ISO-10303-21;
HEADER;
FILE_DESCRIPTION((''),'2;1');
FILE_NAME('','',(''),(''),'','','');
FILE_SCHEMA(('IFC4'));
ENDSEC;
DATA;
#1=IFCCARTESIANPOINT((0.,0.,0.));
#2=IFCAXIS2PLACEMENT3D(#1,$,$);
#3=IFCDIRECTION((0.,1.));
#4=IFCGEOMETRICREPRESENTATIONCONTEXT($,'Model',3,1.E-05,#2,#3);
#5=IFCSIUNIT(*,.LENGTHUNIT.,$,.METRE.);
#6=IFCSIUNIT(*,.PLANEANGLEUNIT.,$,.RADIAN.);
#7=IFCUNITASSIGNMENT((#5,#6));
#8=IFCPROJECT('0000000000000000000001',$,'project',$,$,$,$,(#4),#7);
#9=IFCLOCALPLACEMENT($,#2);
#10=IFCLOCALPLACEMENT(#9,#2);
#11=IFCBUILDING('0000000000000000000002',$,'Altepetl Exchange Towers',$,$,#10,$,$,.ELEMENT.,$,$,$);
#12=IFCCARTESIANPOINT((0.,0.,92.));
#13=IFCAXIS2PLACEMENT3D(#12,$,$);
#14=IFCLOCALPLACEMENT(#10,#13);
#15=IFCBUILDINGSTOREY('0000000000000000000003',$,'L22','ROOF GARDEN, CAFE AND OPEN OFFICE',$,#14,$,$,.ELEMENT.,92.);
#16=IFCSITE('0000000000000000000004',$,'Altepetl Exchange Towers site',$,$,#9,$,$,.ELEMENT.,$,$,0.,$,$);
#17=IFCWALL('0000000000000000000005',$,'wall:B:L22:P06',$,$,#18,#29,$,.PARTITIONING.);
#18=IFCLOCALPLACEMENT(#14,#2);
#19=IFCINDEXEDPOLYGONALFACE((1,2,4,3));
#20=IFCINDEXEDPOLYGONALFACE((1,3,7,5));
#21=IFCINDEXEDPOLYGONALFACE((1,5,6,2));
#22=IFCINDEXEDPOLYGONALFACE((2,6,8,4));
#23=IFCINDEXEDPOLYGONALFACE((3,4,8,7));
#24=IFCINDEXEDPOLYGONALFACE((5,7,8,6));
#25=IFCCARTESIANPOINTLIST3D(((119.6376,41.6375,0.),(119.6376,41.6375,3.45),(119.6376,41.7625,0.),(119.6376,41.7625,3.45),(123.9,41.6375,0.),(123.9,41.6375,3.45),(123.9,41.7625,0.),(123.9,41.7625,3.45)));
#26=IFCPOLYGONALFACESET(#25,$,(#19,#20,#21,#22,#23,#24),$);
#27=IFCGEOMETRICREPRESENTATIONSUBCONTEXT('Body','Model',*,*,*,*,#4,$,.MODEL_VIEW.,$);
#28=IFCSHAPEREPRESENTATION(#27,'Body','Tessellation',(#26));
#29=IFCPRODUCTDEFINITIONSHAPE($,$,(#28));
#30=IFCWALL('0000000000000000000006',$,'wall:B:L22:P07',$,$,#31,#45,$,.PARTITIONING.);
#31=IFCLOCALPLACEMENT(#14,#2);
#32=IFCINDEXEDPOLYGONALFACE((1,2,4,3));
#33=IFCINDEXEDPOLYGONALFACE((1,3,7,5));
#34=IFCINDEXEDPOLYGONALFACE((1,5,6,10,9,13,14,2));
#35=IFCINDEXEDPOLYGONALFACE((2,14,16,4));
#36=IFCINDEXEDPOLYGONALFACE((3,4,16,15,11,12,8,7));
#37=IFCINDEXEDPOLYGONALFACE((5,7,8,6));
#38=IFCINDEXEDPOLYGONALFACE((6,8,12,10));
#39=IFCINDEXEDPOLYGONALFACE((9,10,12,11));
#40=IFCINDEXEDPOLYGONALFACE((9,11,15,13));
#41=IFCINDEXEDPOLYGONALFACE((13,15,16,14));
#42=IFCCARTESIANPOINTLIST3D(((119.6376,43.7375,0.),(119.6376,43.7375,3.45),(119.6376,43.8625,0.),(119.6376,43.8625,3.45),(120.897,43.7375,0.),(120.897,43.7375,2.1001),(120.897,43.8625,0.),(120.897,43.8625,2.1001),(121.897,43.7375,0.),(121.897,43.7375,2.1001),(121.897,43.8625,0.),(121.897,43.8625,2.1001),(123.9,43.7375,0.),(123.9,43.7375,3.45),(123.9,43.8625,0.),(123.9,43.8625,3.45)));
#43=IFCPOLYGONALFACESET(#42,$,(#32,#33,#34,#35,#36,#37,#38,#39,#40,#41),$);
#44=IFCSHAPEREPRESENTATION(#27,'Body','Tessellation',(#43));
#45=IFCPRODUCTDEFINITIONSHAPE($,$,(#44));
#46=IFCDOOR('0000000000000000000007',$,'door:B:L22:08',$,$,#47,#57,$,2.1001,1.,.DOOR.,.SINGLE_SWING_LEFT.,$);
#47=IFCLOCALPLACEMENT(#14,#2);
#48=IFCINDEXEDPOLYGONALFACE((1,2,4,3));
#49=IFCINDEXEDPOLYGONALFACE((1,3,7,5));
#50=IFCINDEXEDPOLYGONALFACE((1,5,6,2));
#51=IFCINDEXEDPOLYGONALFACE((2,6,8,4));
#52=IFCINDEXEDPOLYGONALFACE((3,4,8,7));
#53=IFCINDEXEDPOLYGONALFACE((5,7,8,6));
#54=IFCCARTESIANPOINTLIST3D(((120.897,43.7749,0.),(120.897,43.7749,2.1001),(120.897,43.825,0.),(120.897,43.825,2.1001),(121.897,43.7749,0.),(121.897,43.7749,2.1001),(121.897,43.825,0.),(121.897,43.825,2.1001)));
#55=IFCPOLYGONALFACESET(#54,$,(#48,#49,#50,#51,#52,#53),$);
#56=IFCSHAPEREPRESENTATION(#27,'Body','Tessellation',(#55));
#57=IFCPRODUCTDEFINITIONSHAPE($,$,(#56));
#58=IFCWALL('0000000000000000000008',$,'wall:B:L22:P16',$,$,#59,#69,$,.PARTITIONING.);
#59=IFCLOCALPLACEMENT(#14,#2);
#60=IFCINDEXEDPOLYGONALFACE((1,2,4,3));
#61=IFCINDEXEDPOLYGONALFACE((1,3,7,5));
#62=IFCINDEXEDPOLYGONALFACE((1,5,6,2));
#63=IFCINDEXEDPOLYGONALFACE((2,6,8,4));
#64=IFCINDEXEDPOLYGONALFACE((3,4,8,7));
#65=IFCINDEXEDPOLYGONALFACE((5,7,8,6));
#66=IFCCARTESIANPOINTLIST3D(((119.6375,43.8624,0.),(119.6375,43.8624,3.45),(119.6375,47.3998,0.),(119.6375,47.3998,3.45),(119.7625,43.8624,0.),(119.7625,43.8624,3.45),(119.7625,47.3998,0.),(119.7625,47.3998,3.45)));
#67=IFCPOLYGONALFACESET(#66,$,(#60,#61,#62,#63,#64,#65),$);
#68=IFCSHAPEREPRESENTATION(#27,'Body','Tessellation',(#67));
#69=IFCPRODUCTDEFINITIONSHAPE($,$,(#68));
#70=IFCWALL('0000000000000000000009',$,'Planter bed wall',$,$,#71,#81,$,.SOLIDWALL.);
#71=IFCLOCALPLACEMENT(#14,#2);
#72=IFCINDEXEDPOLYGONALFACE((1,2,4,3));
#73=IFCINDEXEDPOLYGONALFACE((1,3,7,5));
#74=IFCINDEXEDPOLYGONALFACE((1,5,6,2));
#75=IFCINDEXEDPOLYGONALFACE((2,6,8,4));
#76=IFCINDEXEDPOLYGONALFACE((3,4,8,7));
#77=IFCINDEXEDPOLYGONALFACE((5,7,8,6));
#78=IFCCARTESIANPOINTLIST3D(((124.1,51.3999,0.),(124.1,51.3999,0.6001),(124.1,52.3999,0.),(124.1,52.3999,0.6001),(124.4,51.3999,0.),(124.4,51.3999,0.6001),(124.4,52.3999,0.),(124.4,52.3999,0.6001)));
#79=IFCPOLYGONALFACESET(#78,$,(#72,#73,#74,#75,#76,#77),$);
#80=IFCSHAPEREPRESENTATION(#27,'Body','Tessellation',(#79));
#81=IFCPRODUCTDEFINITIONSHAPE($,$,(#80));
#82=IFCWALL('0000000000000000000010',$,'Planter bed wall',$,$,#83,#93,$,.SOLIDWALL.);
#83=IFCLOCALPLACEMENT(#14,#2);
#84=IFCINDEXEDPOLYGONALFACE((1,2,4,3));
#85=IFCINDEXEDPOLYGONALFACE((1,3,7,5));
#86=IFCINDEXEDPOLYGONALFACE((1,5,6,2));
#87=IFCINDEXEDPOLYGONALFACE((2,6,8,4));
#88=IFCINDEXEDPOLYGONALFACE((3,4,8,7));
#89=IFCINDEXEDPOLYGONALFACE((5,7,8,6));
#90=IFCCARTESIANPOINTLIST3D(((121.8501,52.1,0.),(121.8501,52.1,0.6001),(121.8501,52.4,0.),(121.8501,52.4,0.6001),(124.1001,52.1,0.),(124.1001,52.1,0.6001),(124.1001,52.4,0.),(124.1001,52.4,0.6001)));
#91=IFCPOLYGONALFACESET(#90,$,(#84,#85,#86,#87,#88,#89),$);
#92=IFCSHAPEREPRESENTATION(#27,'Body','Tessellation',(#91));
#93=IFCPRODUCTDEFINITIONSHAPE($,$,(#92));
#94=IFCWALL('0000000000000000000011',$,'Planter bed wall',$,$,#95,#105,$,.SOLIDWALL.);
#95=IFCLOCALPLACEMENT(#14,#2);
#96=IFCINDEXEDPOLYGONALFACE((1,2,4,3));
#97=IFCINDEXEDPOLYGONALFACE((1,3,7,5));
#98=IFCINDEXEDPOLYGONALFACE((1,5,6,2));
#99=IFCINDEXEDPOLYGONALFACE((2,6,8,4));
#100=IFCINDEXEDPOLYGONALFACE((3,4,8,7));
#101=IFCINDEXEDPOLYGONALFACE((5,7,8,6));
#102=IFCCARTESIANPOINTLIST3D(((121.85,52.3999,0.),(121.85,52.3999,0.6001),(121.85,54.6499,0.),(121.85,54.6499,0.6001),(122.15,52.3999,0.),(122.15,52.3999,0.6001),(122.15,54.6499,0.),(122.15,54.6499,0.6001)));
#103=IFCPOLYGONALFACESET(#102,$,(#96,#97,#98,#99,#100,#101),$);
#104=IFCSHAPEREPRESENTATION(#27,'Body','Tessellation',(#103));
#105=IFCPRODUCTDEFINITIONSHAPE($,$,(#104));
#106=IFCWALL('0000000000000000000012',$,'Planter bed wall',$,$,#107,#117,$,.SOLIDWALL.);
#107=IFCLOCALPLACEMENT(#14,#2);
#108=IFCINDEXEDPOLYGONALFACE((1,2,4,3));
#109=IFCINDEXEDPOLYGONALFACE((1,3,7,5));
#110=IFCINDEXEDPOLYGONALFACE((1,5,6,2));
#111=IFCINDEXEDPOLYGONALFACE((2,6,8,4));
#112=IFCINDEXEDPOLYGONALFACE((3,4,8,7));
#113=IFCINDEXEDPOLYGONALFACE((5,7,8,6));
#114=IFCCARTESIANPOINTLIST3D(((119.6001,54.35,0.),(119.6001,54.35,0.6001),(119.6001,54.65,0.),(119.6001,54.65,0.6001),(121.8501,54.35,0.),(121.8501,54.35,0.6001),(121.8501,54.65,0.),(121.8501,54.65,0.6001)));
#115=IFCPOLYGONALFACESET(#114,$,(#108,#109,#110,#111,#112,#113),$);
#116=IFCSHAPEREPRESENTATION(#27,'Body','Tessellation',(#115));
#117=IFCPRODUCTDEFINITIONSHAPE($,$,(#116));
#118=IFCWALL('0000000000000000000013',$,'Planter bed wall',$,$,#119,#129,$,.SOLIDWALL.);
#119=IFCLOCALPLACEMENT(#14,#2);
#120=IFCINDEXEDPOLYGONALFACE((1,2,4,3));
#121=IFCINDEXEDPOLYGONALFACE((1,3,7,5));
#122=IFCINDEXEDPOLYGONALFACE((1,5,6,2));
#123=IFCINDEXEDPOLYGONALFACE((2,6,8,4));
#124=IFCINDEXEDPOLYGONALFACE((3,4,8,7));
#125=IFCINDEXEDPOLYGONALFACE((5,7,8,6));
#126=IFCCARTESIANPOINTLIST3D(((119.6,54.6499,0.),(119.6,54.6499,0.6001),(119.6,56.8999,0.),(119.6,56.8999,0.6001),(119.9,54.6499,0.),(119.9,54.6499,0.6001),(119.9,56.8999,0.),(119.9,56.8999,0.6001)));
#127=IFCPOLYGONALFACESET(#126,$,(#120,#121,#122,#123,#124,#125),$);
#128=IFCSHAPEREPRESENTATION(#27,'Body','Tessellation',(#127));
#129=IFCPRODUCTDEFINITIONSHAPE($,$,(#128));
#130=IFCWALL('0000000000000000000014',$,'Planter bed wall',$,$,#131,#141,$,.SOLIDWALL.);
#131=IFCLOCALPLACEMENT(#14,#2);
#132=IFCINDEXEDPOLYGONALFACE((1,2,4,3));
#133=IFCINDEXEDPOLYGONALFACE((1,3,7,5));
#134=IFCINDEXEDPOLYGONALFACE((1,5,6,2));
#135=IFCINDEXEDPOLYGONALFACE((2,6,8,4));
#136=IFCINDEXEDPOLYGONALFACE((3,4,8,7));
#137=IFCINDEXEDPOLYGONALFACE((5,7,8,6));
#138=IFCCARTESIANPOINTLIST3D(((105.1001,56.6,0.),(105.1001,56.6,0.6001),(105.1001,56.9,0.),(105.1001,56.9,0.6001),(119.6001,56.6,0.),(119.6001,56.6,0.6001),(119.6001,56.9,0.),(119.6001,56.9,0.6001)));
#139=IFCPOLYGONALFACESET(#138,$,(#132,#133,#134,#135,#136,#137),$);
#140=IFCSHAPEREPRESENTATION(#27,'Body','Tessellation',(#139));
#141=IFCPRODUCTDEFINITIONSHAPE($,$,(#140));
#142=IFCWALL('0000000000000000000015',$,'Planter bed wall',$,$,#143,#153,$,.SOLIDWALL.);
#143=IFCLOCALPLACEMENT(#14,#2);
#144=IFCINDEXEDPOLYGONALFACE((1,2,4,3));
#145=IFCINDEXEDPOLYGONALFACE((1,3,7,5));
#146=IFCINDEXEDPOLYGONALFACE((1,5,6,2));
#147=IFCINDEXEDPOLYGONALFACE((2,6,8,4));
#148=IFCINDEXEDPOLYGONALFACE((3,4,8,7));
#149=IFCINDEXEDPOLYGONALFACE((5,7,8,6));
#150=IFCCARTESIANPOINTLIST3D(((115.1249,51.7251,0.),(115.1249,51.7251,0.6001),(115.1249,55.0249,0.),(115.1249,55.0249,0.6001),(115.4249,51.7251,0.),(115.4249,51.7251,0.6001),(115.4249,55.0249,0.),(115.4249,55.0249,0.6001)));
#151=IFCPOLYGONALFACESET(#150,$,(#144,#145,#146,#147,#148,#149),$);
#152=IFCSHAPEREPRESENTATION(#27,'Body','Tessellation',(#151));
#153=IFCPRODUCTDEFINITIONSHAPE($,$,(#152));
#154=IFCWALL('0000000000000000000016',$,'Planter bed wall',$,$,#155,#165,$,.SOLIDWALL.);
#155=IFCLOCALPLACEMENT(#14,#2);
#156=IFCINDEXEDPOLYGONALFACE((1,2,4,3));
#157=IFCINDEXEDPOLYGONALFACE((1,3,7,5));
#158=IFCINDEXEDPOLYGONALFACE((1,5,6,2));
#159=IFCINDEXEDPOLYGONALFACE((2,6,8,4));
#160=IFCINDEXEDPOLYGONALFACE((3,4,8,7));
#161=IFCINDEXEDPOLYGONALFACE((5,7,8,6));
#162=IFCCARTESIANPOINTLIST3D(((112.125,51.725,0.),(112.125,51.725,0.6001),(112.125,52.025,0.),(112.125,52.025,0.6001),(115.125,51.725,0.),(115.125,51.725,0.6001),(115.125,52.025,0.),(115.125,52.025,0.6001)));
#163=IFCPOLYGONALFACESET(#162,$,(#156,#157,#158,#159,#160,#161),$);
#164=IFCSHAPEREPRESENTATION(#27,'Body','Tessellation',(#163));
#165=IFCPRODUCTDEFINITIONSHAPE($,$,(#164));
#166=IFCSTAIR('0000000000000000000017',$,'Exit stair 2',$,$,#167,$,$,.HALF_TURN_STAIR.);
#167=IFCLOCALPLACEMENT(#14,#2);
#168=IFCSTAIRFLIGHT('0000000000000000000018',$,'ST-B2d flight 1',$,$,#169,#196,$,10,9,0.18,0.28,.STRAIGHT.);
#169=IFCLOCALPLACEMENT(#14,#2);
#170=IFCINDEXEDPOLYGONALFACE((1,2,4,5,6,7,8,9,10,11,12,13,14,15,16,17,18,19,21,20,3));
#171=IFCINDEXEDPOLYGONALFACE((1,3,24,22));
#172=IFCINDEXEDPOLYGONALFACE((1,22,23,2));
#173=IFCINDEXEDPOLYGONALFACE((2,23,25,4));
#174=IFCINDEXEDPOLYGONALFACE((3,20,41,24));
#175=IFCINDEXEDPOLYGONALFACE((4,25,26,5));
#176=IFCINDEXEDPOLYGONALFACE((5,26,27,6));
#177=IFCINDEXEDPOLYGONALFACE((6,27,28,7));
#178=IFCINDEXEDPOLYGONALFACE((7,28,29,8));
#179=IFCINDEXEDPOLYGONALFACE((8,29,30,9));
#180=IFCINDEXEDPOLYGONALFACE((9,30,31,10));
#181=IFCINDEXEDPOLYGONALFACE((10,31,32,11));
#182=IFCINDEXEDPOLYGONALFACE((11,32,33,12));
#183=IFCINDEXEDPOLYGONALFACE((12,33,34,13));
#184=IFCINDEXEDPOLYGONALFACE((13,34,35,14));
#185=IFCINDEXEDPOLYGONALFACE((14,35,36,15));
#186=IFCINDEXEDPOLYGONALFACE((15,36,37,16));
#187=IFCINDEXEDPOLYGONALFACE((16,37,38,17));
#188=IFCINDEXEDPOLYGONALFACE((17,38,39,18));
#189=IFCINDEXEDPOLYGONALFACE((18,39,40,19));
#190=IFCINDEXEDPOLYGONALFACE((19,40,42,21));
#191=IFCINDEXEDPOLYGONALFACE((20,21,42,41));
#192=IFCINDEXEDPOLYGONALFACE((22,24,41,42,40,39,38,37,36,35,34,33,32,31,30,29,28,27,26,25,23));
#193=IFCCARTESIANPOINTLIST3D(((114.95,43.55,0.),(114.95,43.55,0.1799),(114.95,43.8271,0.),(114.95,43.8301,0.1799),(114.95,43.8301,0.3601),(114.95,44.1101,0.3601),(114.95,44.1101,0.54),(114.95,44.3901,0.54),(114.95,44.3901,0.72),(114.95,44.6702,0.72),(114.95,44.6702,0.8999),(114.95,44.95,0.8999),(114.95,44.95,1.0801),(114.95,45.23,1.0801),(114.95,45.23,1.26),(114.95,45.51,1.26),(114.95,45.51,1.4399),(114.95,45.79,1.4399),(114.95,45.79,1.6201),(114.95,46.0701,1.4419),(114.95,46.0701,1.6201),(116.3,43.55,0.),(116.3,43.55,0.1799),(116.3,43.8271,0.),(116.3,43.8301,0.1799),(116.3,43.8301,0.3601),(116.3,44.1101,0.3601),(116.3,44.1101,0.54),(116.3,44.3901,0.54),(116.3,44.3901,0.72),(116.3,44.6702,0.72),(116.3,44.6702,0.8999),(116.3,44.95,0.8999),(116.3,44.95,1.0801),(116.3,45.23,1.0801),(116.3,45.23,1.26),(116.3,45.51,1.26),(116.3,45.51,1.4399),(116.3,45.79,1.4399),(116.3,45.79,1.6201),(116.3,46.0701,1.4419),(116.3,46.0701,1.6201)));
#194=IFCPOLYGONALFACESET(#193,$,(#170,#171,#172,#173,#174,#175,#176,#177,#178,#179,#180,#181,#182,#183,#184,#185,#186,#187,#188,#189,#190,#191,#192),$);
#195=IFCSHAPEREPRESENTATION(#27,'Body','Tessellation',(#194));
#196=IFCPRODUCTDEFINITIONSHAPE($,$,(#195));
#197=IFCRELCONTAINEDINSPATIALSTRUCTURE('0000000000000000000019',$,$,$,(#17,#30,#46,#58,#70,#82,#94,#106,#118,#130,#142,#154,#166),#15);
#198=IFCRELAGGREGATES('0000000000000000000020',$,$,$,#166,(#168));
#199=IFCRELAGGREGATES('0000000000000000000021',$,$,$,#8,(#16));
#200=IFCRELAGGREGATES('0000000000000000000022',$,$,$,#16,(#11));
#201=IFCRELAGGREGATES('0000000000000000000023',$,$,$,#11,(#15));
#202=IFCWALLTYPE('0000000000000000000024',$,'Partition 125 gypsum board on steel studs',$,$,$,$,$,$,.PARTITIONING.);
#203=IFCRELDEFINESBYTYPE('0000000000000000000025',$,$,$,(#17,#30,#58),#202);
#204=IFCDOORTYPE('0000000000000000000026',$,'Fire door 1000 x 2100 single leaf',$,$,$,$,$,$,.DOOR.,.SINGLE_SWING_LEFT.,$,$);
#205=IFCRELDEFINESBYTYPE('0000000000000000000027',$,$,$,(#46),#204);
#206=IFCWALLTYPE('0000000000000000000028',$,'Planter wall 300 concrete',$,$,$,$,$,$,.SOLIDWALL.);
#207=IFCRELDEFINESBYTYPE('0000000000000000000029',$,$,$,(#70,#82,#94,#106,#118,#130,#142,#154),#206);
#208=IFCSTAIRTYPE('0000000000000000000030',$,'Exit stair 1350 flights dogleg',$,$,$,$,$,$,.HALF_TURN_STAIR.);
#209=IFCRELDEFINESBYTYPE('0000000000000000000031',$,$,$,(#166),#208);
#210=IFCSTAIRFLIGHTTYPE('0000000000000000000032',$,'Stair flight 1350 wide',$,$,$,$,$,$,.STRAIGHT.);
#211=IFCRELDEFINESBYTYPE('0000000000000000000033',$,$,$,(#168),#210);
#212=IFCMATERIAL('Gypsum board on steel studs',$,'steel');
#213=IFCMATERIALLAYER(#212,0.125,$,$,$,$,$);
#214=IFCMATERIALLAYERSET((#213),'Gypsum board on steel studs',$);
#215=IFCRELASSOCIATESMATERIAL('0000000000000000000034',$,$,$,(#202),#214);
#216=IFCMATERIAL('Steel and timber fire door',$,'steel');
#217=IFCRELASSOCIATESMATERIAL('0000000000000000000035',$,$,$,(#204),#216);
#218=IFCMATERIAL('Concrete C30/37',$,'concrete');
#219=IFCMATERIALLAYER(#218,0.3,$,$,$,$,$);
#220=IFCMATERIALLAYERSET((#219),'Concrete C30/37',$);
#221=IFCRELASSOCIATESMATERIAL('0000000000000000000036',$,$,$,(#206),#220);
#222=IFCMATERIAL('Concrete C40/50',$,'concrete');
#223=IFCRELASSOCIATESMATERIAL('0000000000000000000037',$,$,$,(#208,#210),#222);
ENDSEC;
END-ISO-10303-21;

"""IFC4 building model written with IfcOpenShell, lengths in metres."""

from ifc_helpers import new_model, si_unit, direction, frame, frame_2d, origin, place, context, subcontext, project, spatial, polyline, rectangle, outline, extrude, material, layer, layer_set, type_object, element, fill, aggregate, save


model = new_model("IFC4")

# Units and contexts
model_context = context("Model", 3, precision=1e-05, world=origin(), true_north=direction((0.0, 1.0)))
body_context = subcontext(model_context, "Body", "Model", "MODEL_VIEW")
ifc_project = project(units=[si_unit("LENGTHUNIT", "METRE"), si_unit("PLANEANGLEUNIT", "RADIAN")], contexts=[model_context])

# Site, building, storey
site_placement = place(None, origin())
site = spatial("IfcSite", under=ifc_project, at=site_placement, Name="Altepetl Exchange Towers site", CompositionType="ELEMENT", RefElevation=0.0)
building_placement = place(site_placement, origin())
building = spatial("IfcBuilding", under=site, at=building_placement, Name="Altepetl Exchange Towers", CompositionType="ELEMENT")
storey_placement = place(building_placement, frame((0.0, 0.0, 92.0)))
storey = spatial("IfcBuildingStorey", under=building, at=storey_placement, Name="L22", Description="ROOF GARDEN, CAFE AND OPEN OFFICE", CompositionType="ELEMENT", Elevation=92.0)

# Wall
ifc_material_1 = material(Name="Gypsum board on steel studs", Category="steel")
ifc_layer_1 = layer(ifc_material_1, 0.125)
ifc_layer_set_1 = layer_set([ifc_layer_1], Name="Gypsum board on steel studs")
wall_type_1 = type_object("IfcWallType", Name="Partition 125 gypsum board on steel studs", PredefinedType="PARTITIONING", material=ifc_layer_set_1)
wall_1_placement = place(storey_placement, frame((119.6375, 41.7, 0.0)))
element("IfcWall", 1, at=wall_1_placement, inside=storey, type_object=wall_type_1, Name="wall:B:L22:P06", PredefinedType="PARTITIONING", context=body_context, shape_type="SweptSolid", body=[
    extrude(rectangle(XDim=4.2625, YDim=0.125, at=frame_2d((2.1313, 0.0))), origin(), (0.0, 0.0, 1.0), 3.45),
])

# Wall, opening, door
wall_2_placement = place(storey_placement, frame((119.6375, 43.8, 0.0)))
wall_2 = element("IfcWall", 2, at=wall_2_placement, inside=storey, type_object=wall_type_1, Name="wall:B:L22:P07", PredefinedType="PARTITIONING", context=body_context, shape_type="SweptSolid", body=[
    extrude(rectangle(XDim=4.2625, YDim=0.125, at=frame_2d((2.1313, 0.0))), origin(), (0.0, 0.0, 1.0), 3.45),
])
opening_placement = place(wall_2_placement, frame((1.2595, 0.0, 0.0)))
opening = element("IfcOpeningElement", 3, at=opening_placement, cuts=wall_2, PredefinedType="OPENING", context=body_context, shape_type="SweptSolid", body=[
    extrude(rectangle(XDim=1.0, YDim=2.1001, at=frame_2d((0.5, 1.05))), frame((0.0, 0.0725, 0.0), z_axis=(0.0, -1.0, 0.0), x_axis=(1.0, 0.0, 0.0)), (0.0, 0.0, 1.0), 0.145),
])
ifc_material_2 = material(Name="Steel and timber fire door", Category="steel")
door_type = type_object("IfcDoorType", Name="Fire door 1000 x 2100 single leaf", OperationType="SINGLE_SWING_LEFT", PredefinedType="DOOR", material=ifc_material_2)
door_placement = place(opening_placement, origin())
door = element("IfcDoor", 4, at=door_placement, inside=storey, type_object=door_type, Name="door:B:L22:08", OperationType="SINGLE_SWING_LEFT", OverallHeight=2.1001, OverallWidth=1.0, PredefinedType="DOOR", context=body_context, shape_type="SweptSolid", body=[
    extrude(rectangle(XDim=1.0, YDim=2.1001, at=frame_2d((0.5, 1.05))), frame((0.0, 0.0249, 0.0), z_axis=(0.0, -1.0, 0.0), x_axis=(1.0, 0.0, 0.0)), (0.0, 0.0, 1.0), 0.05),
])
fill(opening, door)

# Walls
wall_3_placement = place(storey_placement, frame((119.7, 43.8625, 0.0), z_axis=(0.0, 0.0, 1.0), x_axis=(0.0, 1.0, 0.0)))
element("IfcWall", 5, at=wall_3_placement, inside=storey, type_object=wall_type_1, Name="wall:B:L22:P16", PredefinedType="PARTITIONING", context=body_context, shape_type="SweptSolid", body=[
    extrude(rectangle(XDim=3.5374, YDim=0.125, at=frame_2d((1.7686, 0.0))), origin(), (0.0, 0.0, 1.0), 3.45),
])
ifc_material_3 = material(Name="Concrete C30/37", Category="concrete")
ifc_layer_2 = layer(ifc_material_3, 0.3)
ifc_layer_set_2 = layer_set([ifc_layer_2], Name="Concrete C30/37")
wall_type_2 = type_object("IfcWallType", Name="Planter wall 300 concrete", PredefinedType="SOLIDWALL", material=ifc_layer_set_2)
wall_4_placement = place(storey_placement, frame((124.25, 51.3999, 0.0), z_axis=(0.0, 0.0, 1.0), x_axis=(0.0, 1.0, 0.0)))
element("IfcWall", 6, at=wall_4_placement, inside=storey, type_object=wall_type_2, Name="Planter bed wall", PredefinedType="SOLIDWALL", context=body_context, shape_type="SweptSolid", body=[
    extrude(rectangle(XDim=1.0, YDim=0.3, at=frame_2d((0.5, 0.0))), origin(), (0.0, 0.0, 1.0), 0.6001),
])
for number, where, z_axis, x_axis, name in (
    (7, (124.1001, 52.25, 0.0), (0.0, 0.0, 1.0), (-1.0, 0.0, 0.0), "Planter bed wall"),
    (8, (122.0, 52.3999, 0.0), (0.0, 0.0, 1.0), (0.0, 1.0, 0.0), "Planter bed wall"),
    (9, (121.8501, 54.5, 0.0), (0.0, 0.0, 1.0), (-1.0, 0.0, 0.0), "Planter bed wall"),
    (10, (119.75, 54.6499, 0.0), (0.0, 0.0, 1.0), (0.0, 1.0, 0.0), "Planter bed wall"),
):
    element("IfcWall", number, at=place(storey_placement, frame(where, z_axis=z_axis, x_axis=x_axis)), inside=storey, type_object=wall_type_2, Name=name, PredefinedType="SOLIDWALL", context=body_context, shape_type="SweptSolid", body=[
        extrude(rectangle(XDim=2.25, YDim=0.3, at=frame_2d((1.125, 0.0))), origin(), (0.0, 0.0, 1.0), 0.6001),
    ])
wall_5_placement = place(storey_placement, frame((119.6001, 56.75, 0.0), z_axis=(0.0, 0.0, 1.0), x_axis=(-1.0, 0.0, 0.0)))
element("IfcWall", 11, at=wall_5_placement, inside=storey, type_object=wall_type_2, Name="Planter bed wall", PredefinedType="SOLIDWALL", context=body_context, shape_type="SweptSolid", body=[
    extrude(rectangle(XDim=14.5, YDim=0.3, at=frame_2d((7.25, 0.0))), origin(), (0.0, 0.0, 1.0), 0.6001),
])
wall_6_placement = place(storey_placement, frame((115.2749, 55.0249, 0.0), z_axis=(0.0, 0.0, 1.0), x_axis=(0.0, -1.0, 0.0)))
element("IfcWall", 12, at=wall_6_placement, inside=storey, type_object=wall_type_2, Name="Planter bed wall", PredefinedType="SOLIDWALL", context=body_context, shape_type="SweptSolid", body=[
    extrude(rectangle(XDim=3.2998, YDim=0.3, at=frame_2d((1.6499, 0.0))), origin(), (0.0, 0.0, 1.0), 0.6001),
])
wall_7_placement = place(storey_placement, frame((115.125, 51.875, 0.0), z_axis=(0.0, 0.0, 1.0), x_axis=(-1.0, 0.0, 0.0)))
element("IfcWall", 13, at=wall_7_placement, inside=storey, type_object=wall_type_2, Name="Planter bed wall", PredefinedType="SOLIDWALL", context=body_context, shape_type="SweptSolid", body=[
    extrude(rectangle(XDim=3.0, YDim=0.3, at=frame_2d((1.5, 0.0))), origin(), (0.0, 0.0, 1.0), 0.6001),
])

# Stair, stair flight
ifc_material_4 = material(Name="Concrete C40/50", Category="concrete")
stair_type = type_object("IfcStairType", Name="Exit stair 1350 flights dogleg", PredefinedType="HALF_TURN_STAIR", material=ifc_material_4)
stair_placement = place(storey_placement, origin())
stair = element("IfcStair", 14, at=stair_placement, inside=storey, type_object=stair_type, Name="Exit stair 2", PredefinedType="HALF_TURN_STAIR")
stair_flight_type = type_object("IfcStairFlightType", Name="Stair flight 1350 wide", PredefinedType="STRAIGHT", material=ifc_material_4)
stair_flight_placement = place(storey_placement, frame((115.625, 43.55, 0.0), z_axis=(0.0, 0.0, 1.0), x_axis=(0.0, 1.0, 0.0)))
stair_flight = element("IfcStairFlight", 15, at=stair_flight_placement, type_object=stair_flight_type, Name="ST-B2d flight 1", NumberOfRisers=10, NumberOfTreads=9, PredefinedType="STRAIGHT", RiserHeight=0.18, TreadLength=0.28, context=body_context, shape_type="SweptSolid", body=[
    extrude(outline(polyline([(0.0, 0.0), (0.0, 0.1799), (0.28, 0.1799), (0.28, 0.3601), (0.5601, 0.3601), (0.5601, 0.54), (0.8401, 0.54), (0.8401, 0.72), (1.1201, 0.72), (1.1201, 0.8999), (1.3999, 0.8999), (1.3999, 1.0801), (1.6799, 1.0801), (1.6799, 1.26), (1.96, 1.26), (1.96, 1.4399), (2.24, 1.4399), (2.24, 1.6201), (2.52, 1.6201), (2.52, 1.8), (2.52, 1.4419), (0.2771, 0.0), (0.0, 0.0)])), frame((0.0, 0.675, 0.0), z_axis=(0.0, -1.0, 0.0), x_axis=(1.0, 0.0, 0.0)), (0.0, 0.0, 1.0), 1.3501),
])
aggregate(stair, [stair_flight])

save(model, "model.ifc")
